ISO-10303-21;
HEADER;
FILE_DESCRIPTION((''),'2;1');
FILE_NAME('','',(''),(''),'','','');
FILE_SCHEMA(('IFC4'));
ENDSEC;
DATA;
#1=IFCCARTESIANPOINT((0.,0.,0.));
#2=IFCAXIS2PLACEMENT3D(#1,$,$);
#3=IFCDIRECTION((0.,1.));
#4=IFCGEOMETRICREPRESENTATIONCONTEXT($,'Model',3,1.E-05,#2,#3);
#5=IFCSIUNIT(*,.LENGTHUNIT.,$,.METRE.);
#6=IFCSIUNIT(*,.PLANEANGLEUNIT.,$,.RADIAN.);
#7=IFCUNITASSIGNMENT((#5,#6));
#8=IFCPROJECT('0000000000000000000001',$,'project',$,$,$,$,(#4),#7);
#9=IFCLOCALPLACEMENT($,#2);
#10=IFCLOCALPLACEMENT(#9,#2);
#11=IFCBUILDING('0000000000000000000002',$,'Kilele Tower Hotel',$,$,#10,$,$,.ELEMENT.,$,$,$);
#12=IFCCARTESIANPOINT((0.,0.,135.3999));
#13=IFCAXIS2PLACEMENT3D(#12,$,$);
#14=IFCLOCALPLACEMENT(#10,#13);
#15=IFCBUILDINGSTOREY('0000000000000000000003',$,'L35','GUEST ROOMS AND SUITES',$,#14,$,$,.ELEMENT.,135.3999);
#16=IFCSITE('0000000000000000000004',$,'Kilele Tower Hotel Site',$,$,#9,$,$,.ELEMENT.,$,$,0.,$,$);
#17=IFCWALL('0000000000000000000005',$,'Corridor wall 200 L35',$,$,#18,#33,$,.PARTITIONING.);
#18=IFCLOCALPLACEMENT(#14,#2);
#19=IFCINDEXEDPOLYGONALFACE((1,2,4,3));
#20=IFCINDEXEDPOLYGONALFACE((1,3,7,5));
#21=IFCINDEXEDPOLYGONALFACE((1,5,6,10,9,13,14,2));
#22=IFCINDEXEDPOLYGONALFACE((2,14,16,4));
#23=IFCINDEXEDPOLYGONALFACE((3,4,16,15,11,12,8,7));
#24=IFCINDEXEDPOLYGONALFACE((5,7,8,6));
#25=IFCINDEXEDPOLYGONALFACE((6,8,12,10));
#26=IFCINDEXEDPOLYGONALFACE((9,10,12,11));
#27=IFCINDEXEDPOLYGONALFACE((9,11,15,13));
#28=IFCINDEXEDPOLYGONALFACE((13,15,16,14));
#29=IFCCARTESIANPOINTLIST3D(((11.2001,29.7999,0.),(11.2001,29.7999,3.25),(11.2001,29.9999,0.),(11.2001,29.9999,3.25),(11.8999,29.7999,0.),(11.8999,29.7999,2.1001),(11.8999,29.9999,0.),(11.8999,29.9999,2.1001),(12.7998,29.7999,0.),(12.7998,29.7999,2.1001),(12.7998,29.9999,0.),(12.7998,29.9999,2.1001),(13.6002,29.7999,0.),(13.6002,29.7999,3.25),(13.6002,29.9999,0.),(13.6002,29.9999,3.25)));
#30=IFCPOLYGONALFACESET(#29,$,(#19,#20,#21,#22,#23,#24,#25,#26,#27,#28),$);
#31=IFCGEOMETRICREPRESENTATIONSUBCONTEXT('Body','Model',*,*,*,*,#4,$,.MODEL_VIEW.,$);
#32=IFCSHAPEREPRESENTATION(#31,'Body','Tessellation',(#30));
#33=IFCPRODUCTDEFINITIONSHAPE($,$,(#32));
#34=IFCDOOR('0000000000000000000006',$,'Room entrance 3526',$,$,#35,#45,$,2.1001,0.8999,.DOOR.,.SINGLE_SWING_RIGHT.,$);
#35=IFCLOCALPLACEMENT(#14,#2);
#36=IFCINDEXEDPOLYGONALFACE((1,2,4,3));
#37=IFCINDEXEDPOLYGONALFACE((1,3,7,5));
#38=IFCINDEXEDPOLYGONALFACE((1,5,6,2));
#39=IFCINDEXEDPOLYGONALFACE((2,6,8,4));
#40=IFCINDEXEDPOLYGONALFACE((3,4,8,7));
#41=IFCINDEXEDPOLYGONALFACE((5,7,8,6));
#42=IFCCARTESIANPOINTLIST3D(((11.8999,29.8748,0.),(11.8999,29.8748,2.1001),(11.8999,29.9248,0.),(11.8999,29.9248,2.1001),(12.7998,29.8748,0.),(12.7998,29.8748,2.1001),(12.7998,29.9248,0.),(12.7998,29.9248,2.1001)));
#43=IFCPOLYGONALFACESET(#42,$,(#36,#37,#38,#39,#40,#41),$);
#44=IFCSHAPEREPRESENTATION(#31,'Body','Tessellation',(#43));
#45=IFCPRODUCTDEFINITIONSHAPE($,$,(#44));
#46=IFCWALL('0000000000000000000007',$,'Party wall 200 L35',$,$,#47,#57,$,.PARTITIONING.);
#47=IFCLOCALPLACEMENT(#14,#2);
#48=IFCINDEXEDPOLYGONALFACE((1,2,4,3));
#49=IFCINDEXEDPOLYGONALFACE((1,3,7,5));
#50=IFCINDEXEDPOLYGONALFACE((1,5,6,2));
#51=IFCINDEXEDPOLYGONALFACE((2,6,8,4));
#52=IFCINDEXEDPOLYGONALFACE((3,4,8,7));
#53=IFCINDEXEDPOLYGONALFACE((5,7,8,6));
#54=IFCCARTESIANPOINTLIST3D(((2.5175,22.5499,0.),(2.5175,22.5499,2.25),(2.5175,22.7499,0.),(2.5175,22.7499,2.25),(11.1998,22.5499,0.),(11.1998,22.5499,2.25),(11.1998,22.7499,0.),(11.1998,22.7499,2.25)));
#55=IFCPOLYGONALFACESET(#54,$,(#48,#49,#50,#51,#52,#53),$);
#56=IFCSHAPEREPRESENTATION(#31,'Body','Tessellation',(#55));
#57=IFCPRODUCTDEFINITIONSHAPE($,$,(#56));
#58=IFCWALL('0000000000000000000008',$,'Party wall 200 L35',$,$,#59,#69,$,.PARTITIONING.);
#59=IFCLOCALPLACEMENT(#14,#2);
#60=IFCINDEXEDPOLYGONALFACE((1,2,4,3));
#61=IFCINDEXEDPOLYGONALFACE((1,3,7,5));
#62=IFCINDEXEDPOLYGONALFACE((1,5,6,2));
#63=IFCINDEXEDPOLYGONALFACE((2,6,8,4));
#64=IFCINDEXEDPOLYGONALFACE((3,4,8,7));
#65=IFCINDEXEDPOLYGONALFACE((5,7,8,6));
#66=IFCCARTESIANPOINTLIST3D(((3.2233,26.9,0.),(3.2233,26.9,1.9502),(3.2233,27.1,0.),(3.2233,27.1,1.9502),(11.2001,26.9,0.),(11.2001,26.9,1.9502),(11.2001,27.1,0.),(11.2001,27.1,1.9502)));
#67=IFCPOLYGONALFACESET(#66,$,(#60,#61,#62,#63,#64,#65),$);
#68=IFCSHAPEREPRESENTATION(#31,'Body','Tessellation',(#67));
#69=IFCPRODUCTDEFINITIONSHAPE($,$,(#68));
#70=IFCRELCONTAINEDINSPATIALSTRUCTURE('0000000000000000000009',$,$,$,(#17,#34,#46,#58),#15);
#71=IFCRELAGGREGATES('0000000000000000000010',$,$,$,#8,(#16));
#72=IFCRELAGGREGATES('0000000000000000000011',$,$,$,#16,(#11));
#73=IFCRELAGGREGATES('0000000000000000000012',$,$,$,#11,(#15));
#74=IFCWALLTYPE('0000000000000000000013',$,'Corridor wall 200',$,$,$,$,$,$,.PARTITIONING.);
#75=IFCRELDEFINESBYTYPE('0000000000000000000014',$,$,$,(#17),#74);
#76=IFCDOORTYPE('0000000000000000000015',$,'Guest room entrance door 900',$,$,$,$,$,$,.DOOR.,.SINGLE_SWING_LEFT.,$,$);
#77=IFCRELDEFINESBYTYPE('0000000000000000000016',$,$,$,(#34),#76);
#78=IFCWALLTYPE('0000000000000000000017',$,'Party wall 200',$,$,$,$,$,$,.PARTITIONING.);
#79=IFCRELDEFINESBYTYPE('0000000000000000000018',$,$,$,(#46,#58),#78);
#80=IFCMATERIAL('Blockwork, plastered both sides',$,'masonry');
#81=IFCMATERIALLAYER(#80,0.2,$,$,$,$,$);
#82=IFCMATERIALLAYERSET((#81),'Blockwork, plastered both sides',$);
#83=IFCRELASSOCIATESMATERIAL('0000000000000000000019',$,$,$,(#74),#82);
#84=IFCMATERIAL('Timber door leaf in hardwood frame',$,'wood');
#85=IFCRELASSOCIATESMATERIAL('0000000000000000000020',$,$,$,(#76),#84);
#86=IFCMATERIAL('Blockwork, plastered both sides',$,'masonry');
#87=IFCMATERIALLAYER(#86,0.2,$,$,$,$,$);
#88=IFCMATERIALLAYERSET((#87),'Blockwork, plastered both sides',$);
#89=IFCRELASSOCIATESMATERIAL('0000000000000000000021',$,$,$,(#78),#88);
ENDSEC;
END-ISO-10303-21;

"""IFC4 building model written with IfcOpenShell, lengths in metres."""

from ifc_helpers import new_model, si_unit, direction, frame, frame_2d, origin, place, context, subcontext, project, spatial, rectangle, extrude, material, layer, layer_set, type_object, element, fill, save


model = new_model("IFC4")

# Units and contexts
model_context = context("Model", 3, precision=1e-05, world=origin(), true_north=direction((0.0, 1.0)))
body_context = subcontext(model_context, "Body", "Model", "MODEL_VIEW")
ifc_project = project(units=[si_unit("LENGTHUNIT", "METRE"), si_unit("PLANEANGLEUNIT", "RADIAN")], contexts=[model_context])

# Site, building, storey
site_placement = place(None, origin())
site = spatial("IfcSite", under=ifc_project, at=site_placement, Name="Kilele Tower Hotel Site", CompositionType="ELEMENT", RefElevation=0.0)
building_placement = place(site_placement, origin())
building = spatial("IfcBuilding", under=site, at=building_placement, Name="Kilele Tower Hotel", CompositionType="ELEMENT")
storey_placement = place(building_placement, frame((0.0, 0.0, 135.3999)))
storey = spatial("IfcBuildingStorey", under=building, at=storey_placement, Name="L35", Description="GUEST ROOMS AND SUITES", CompositionType="ELEMENT", Elevation=135.3999)

# Wall, opening, door
ifc_material_1 = material(Name="Blockwork, plastered both sides", Category="masonry")
ifc_layer_1 = layer(ifc_material_1, 0.2)
ifc_layer_set_1 = layer_set([ifc_layer_1], Name="Blockwork, plastered both sides")
wall_type_1 = type_object("IfcWallType", Name="Corridor wall 200", PredefinedType="PARTITIONING", material=ifc_layer_set_1)
wall_1_placement = place(storey_placement, frame((11.2, 29.8999, 0.0), z_axis=(0.0, 0.0, 1.0), x_axis=(1.0, 0.0, 0.0)))
wall_1 = element("IfcWall", 1, at=wall_1_placement, inside=storey, type_object=wall_type_1, Name="Corridor wall 200 L35", PredefinedType="PARTITIONING", context=body_context, shape_type="SweptSolid", body=[
    extrude(rectangle(XDim=2.4001, YDim=0.2, at=frame_2d((1.2002, 0.0))), origin(), (0.0, 0.0, 1.0), 3.25),
])
opening_1_placement = place(wall_1_placement, frame((0.7, 0.0, 0.0)))
opening_1 = element("IfcOpeningElement", 2, at=opening_1_placement, cuts=wall_1, PredefinedType="OPENING", context=body_context, shape_type="SweptSolid", body=[
    extrude(rectangle(XDim=0.8999, YDim=2.1001, at=frame_2d((0.45, 1.05))), frame((0.0, 0.1099, 0.0), z_axis=(0.0, -1.0, 0.0), x_axis=(1.0, 0.0, 0.0)), (0.0, 0.0, 1.0), 0.22),
])
ifc_material_2 = material(Name="Timber door leaf in hardwood frame", Category="wood")
door_type_1 = type_object("IfcDoorType", Name="Guest room entrance door 900", OperationType="SINGLE_SWING_LEFT", PredefinedType="DOOR", material=ifc_material_2)
door_1_placement = place(opening_1_placement, origin())
door_1 = element("IfcDoor", 3, at=door_1_placement, inside=storey, type_object=door_type_1, Name="Room entrance 3526", OperationType="SINGLE_SWING_RIGHT", OverallHeight=2.1001, OverallWidth=0.8999, PredefinedType="DOOR", context=body_context, shape_type="SweptSolid", body=[
    extrude(rectangle(XDim=0.8999, YDim=2.1001, at=frame_2d((0.45, 1.05))), frame((0.0, 0.0249, 0.0), z_axis=(0.0, -1.0, 0.0), x_axis=(1.0, 0.0, 0.0)), (0.0, 0.0, 1.0), 0.05),
])
fill(opening_1, door_1)

# Walls
ifc_material_3 = material(Name="Blockwork, plastered both sides", Category="masonry")
ifc_layer_2 = layer(ifc_material_3, 0.2)
ifc_layer_set_2 = layer_set([ifc_layer_2], Name="Blockwork, plastered both sides")
wall_type_2 = type_object("IfcWallType", Name="Party wall 200", PredefinedType="PARTITIONING", material=ifc_layer_set_2)
wall_2_placement = place(storey_placement, frame((11.2, 22.6499, 0.0), z_axis=(0.0, 0.0, 1.0), x_axis=(-1.0, 0.0, 0.0)))
element("IfcWall", 4, at=wall_2_placement, inside=storey, type_object=wall_type_2, Name="Party wall 200 L35", PredefinedType="PARTITIONING", context=body_context, shape_type="SweptSolid", body=[
    extrude(rectangle(XDim=8.6824, YDim=0.2, at=frame_2d((4.3413, 0.0))), origin(), (0.0, 0.0, 1.0), 2.25),
])
wall_3_placement = place(storey_placement, frame((11.2, 27.0, 0.0), z_axis=(0.0, 0.0, 1.0), x_axis=(-1.0, 0.0, 0.0)))
element("IfcWall", 5, at=wall_3_placement, inside=storey, type_object=wall_type_2, Name="Party wall 200 L35", PredefinedType="PARTITIONING", context=body_context, shape_type="SweptSolid", body=[
    extrude(rectangle(XDim=7.9768, YDim=0.2, at=frame_2d((3.9883, 0.0))), origin(), (0.0, 0.0, 1.0), 1.9502),
])

save(model, "model.ifc")
